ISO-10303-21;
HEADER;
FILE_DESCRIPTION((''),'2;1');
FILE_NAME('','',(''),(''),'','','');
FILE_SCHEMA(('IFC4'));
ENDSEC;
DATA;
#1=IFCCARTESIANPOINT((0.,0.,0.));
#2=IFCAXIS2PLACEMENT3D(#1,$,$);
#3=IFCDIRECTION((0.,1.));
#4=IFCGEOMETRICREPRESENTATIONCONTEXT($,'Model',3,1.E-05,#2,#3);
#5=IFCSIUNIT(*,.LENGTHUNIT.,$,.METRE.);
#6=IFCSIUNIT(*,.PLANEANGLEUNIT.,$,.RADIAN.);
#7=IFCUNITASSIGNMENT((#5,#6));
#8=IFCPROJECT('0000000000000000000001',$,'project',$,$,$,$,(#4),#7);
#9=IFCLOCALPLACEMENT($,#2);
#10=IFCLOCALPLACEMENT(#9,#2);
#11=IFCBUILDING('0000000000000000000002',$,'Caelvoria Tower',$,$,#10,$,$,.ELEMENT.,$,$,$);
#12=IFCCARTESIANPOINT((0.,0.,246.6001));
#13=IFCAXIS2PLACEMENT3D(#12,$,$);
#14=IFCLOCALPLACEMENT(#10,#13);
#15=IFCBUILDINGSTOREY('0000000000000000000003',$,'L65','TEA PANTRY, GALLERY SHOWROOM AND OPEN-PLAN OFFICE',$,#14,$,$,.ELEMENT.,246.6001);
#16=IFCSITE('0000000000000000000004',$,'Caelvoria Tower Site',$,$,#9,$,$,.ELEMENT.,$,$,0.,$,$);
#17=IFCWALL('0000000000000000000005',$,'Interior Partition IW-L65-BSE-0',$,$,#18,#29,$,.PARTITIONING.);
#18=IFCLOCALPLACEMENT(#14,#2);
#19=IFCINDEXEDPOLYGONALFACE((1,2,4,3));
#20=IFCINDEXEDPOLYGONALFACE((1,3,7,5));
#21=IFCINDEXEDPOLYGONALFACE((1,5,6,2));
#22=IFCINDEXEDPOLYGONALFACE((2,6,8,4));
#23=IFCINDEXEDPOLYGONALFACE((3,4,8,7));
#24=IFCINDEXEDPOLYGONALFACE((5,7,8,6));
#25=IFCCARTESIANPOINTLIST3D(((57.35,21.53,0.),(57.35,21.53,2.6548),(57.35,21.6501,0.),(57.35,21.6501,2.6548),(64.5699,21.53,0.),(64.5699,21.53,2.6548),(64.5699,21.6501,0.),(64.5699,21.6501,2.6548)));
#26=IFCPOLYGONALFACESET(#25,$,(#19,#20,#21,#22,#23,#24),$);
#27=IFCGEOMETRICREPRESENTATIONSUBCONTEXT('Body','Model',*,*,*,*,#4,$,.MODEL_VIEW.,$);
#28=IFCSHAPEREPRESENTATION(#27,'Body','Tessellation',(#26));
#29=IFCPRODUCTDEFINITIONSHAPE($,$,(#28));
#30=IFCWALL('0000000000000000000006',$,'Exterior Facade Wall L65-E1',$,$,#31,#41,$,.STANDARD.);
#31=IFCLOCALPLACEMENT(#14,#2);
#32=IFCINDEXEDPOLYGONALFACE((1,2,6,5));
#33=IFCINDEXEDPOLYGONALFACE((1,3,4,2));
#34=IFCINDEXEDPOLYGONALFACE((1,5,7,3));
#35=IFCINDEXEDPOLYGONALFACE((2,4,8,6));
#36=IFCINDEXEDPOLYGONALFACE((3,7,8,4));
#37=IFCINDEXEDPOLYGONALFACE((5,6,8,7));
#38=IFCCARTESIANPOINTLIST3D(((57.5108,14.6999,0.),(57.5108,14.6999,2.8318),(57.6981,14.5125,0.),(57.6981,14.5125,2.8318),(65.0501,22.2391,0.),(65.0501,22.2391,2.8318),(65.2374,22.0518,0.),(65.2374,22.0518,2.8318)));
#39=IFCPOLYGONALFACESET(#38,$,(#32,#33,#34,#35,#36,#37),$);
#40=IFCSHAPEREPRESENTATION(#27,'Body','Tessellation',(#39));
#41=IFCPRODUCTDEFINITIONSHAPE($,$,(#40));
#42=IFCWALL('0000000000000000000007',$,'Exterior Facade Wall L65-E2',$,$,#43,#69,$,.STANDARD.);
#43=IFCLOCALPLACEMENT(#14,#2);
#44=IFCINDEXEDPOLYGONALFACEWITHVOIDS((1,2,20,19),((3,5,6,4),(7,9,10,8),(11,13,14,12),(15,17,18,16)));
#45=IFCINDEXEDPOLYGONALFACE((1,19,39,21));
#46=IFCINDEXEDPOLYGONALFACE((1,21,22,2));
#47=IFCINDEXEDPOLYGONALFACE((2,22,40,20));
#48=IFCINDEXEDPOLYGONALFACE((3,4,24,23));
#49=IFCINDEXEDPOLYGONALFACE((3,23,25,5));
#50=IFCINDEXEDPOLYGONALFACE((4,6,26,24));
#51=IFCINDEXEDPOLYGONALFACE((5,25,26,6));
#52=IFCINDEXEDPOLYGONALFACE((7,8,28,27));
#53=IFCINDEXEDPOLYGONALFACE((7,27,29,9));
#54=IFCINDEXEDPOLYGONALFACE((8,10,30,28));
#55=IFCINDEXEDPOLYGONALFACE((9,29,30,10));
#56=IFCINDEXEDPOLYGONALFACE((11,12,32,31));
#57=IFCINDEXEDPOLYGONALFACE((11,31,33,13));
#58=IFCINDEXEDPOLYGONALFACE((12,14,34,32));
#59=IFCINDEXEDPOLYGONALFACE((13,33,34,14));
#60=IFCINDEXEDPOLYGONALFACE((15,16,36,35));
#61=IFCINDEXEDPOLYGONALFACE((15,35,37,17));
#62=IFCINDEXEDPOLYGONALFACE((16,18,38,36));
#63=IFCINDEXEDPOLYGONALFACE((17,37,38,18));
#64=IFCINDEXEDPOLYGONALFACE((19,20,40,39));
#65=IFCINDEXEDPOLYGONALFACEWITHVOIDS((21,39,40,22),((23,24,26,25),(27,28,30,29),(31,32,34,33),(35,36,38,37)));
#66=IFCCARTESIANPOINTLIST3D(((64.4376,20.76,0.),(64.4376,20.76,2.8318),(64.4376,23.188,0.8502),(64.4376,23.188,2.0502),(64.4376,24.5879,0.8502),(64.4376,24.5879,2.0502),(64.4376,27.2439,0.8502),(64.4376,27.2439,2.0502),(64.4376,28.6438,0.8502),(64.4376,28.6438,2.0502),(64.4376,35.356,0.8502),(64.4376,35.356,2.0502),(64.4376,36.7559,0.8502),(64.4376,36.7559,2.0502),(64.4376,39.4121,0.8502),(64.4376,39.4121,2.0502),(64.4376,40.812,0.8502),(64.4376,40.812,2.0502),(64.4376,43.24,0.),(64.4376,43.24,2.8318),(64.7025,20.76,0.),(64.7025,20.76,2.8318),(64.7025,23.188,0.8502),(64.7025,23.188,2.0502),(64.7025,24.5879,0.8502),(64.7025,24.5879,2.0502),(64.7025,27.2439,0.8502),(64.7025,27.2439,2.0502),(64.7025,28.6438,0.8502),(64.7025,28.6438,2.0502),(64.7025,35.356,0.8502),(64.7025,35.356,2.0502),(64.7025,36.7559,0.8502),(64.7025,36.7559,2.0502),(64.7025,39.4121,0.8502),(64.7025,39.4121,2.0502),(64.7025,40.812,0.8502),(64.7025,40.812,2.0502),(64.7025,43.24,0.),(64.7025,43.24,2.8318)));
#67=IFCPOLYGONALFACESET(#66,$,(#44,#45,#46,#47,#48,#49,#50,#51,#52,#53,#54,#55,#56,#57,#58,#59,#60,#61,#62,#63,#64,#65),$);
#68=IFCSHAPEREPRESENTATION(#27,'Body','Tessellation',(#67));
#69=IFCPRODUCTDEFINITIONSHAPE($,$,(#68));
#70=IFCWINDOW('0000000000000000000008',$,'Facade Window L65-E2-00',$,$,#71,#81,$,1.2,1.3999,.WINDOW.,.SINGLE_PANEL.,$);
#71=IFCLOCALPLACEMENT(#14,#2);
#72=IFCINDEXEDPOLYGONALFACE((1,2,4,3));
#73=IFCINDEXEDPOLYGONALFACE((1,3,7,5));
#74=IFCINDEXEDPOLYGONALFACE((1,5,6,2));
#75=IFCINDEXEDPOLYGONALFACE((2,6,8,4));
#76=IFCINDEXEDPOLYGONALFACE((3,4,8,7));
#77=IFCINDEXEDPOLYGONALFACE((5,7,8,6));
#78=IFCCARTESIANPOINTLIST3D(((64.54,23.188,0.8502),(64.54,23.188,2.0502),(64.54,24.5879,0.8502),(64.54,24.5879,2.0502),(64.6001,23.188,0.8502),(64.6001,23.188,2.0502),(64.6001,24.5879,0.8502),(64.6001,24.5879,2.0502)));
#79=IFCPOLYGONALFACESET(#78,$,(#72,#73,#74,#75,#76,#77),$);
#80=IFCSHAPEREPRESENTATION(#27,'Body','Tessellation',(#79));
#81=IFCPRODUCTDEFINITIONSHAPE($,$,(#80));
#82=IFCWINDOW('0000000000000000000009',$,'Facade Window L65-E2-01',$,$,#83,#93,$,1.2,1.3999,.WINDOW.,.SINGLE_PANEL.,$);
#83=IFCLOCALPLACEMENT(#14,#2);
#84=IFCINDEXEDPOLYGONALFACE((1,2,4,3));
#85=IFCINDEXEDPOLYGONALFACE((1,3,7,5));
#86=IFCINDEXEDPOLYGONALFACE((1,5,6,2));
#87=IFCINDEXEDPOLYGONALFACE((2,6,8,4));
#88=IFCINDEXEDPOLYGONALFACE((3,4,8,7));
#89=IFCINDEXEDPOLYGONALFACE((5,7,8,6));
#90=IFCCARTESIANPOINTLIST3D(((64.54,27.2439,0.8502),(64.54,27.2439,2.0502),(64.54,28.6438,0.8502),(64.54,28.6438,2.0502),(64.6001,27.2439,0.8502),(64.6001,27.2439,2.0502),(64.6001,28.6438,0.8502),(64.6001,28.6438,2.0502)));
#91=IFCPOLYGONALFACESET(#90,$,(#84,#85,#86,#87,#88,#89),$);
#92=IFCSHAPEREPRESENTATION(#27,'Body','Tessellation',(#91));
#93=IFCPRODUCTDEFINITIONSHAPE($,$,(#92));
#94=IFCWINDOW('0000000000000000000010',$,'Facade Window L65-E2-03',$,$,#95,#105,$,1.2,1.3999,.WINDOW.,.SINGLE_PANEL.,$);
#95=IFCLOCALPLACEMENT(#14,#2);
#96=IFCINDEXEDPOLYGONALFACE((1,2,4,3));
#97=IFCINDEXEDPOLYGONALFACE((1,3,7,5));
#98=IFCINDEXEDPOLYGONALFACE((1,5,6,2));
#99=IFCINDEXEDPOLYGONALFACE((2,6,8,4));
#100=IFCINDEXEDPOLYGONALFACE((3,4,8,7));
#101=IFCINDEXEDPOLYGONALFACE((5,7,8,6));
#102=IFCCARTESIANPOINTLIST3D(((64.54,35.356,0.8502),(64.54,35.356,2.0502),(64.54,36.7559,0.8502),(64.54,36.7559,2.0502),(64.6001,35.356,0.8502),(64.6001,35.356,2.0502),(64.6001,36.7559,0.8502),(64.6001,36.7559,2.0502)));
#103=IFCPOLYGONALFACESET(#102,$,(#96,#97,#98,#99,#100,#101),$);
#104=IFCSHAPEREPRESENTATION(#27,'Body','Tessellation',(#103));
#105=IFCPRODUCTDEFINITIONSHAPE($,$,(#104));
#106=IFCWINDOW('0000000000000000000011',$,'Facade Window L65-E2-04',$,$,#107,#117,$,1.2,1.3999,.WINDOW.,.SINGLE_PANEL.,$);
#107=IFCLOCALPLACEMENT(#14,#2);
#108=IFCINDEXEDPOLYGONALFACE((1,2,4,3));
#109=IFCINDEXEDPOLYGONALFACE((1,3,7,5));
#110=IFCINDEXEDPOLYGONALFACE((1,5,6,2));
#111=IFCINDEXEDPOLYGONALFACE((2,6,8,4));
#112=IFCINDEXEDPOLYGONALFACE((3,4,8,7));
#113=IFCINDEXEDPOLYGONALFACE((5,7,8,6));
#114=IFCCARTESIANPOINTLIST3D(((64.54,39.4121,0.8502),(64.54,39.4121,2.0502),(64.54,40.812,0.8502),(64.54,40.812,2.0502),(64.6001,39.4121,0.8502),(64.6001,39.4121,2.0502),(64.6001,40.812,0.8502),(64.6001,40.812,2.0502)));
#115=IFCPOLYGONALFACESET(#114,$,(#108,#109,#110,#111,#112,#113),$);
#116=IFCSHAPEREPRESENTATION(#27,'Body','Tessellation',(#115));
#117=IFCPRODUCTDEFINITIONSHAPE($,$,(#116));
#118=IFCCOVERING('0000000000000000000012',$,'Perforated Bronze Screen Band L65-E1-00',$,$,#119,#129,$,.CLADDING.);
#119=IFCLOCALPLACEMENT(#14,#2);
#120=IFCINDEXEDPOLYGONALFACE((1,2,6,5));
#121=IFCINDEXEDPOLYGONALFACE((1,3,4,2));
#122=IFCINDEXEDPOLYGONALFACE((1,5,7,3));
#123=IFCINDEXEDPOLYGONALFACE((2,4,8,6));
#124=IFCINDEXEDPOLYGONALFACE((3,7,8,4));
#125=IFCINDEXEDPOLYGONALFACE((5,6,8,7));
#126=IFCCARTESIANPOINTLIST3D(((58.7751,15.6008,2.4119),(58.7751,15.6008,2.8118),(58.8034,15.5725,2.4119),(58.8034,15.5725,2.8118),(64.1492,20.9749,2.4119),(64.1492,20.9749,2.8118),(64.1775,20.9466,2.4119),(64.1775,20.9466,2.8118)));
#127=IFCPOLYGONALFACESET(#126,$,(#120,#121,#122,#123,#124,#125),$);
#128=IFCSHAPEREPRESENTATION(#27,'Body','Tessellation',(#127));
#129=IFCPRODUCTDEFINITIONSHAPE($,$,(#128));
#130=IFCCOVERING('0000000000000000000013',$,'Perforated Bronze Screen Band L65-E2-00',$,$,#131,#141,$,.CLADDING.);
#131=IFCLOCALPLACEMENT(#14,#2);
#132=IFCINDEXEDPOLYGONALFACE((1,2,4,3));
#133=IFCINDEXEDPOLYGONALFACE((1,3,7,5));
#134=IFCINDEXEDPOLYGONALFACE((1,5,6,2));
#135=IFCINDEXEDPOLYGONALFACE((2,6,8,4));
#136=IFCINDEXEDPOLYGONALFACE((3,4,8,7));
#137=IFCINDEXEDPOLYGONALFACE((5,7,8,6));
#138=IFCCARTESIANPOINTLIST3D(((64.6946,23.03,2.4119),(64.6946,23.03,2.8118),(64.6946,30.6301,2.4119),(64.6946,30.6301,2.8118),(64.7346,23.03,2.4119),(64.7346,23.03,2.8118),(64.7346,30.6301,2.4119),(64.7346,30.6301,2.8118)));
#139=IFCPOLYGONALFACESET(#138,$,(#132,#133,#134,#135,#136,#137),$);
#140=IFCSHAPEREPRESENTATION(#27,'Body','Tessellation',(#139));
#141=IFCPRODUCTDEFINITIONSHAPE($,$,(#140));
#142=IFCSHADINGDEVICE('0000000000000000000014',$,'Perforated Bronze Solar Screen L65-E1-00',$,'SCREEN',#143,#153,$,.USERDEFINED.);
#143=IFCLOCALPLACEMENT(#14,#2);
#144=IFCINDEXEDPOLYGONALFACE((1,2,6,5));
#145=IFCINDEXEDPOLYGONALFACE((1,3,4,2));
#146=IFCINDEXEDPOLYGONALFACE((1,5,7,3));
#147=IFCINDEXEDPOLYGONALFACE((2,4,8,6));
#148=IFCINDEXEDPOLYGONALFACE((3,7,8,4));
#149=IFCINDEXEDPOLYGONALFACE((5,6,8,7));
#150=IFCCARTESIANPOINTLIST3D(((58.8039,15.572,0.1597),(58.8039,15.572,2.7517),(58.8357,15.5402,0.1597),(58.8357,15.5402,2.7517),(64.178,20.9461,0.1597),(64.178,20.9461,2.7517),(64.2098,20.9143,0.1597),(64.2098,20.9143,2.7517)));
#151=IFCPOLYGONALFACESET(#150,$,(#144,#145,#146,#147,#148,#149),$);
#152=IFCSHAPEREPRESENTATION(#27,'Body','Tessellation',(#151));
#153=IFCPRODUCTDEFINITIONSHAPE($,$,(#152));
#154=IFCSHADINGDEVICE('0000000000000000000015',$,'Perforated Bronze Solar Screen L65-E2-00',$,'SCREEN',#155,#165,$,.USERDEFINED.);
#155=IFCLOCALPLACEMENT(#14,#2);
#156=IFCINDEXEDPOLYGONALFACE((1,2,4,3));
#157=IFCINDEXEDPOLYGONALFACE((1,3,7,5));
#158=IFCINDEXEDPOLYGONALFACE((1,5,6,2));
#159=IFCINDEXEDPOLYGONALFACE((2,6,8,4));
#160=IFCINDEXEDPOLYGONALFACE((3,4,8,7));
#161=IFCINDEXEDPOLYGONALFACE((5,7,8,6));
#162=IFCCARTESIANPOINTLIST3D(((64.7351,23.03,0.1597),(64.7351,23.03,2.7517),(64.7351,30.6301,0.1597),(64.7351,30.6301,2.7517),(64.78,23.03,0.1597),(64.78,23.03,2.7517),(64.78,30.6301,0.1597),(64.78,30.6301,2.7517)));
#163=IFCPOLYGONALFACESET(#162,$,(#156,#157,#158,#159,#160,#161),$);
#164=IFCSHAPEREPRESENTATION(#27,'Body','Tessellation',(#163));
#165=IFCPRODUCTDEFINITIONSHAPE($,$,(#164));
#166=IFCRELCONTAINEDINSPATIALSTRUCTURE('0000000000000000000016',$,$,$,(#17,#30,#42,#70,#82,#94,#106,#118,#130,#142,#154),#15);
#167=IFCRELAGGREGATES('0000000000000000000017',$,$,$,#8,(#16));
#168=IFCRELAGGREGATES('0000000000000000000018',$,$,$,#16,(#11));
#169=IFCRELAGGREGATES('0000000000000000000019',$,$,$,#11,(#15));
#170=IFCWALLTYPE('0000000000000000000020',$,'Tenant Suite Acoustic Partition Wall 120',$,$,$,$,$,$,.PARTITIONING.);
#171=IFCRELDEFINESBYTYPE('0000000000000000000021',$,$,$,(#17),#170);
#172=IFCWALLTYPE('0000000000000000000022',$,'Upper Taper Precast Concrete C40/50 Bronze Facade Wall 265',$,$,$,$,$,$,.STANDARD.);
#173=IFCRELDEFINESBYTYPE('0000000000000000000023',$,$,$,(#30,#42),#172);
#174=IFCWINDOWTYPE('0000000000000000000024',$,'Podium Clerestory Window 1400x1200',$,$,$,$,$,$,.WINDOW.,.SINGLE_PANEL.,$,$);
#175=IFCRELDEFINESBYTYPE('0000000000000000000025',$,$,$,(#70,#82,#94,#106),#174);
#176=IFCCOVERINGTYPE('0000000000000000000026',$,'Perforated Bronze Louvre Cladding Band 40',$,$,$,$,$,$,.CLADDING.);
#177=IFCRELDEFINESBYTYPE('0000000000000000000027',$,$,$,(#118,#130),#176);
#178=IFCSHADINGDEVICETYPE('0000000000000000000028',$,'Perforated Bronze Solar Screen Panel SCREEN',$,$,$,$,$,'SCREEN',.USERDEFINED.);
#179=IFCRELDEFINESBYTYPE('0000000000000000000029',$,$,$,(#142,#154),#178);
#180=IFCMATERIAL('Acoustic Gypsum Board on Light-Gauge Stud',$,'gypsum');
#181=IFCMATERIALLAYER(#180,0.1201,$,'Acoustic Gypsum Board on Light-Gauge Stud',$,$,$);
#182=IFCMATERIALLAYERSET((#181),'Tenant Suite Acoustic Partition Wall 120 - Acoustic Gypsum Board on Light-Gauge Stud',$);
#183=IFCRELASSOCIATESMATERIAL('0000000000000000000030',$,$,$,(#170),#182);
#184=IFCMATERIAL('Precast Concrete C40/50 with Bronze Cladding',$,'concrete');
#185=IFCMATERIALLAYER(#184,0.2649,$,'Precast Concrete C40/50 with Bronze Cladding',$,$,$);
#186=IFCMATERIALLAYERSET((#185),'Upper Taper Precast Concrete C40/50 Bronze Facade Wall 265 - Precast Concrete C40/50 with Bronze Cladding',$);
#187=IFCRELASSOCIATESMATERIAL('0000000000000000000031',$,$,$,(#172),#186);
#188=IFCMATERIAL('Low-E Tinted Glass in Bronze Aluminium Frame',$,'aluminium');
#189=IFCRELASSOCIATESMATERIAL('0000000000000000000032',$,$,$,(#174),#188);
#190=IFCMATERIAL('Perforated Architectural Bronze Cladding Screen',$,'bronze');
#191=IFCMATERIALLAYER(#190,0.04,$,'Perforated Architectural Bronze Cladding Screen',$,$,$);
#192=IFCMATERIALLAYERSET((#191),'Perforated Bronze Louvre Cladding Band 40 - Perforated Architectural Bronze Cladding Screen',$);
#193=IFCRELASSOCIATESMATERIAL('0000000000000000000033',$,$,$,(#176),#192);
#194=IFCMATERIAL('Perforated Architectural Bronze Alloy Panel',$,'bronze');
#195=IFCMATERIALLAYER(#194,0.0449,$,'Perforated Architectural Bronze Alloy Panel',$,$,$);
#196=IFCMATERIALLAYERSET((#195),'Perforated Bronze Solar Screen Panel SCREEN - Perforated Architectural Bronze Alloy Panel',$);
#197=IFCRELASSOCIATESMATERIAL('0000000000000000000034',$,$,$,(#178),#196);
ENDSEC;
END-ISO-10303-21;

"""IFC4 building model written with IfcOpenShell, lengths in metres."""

from ifc_helpers import new_model, si_unit, direction, frame, frame_2d, origin, origin_2d, place, context, subcontext, project, spatial, rectangle, extrude, material, layer, layer_set, type_object, element, fill, save


model = new_model("IFC4")

# Units and contexts
model_context = context("Model", 3, precision=1e-05, world=origin(), true_north=direction((0.0, 1.0)))
body_context = subcontext(model_context, "Body", "Model", "MODEL_VIEW")
ifc_project = project(units=[si_unit("LENGTHUNIT", "METRE"), si_unit("PLANEANGLEUNIT", "RADIAN")], contexts=[model_context])

# Site, building, storey
site_placement = place(None, origin())
site = spatial("IfcSite", under=ifc_project, at=site_placement, Name="Caelvoria Tower Site", CompositionType="ELEMENT", RefElevation=0.0)
building_placement = place(site_placement, origin())
building = spatial("IfcBuilding", under=site, at=building_placement, Name="Caelvoria Tower", CompositionType="ELEMENT")
storey_placement = place(building_placement, frame((0.0, 0.0, 246.6001)))
storey = spatial("IfcBuildingStorey", under=building, at=storey_placement, Name="L65", Description="TEA PANTRY, GALLERY SHOWROOM AND OPEN-PLAN OFFICE", CompositionType="ELEMENT", Elevation=246.6001)

# Shared definitions
ifc_material_1 = material(Name="Acoustic Gypsum Board on Light-Gauge Stud", Category="gypsum")
ifc_layer_1 = layer(ifc_material_1, 0.1201, Name="Acoustic Gypsum Board on Light-Gauge Stud")
ifc_layer_set_1 = layer_set([ifc_layer_1], Name="Tenant Suite Acoustic Partition Wall 120 - Acoustic Gypsum Board on Light-Gauge Stud")
wall_type_1 = type_object("IfcWallType", Name="Tenant Suite Acoustic Partition Wall 120", PredefinedType="PARTITIONING", material=ifc_layer_set_1)

# Walls
wall_1_placement = place(storey_placement, frame((57.3501, 21.5901, 0.0), z_axis=(0.0, 0.0, 1.0), x_axis=(1.0, 0.0, 0.0)))
element("IfcWall", 1, at=wall_1_placement, inside=storey, type_object=wall_type_1, Name="Interior Partition IW-L65-BSE-0", PredefinedType="PARTITIONING", context=body_context, shape_type="SweptSolid", body=[
    extrude(rectangle(XDim=7.22, YDim=0.1201, at=frame_2d((3.6099, 0.0))), origin(), (0.0, 0.0, 1.0), 2.6548),
])
ifc_material_2 = material(Name="Precast Concrete C40/50 with Bronze Cladding", Category="concrete")
ifc_layer_2 = layer(ifc_material_2, 0.2649, Name="Precast Concrete C40/50 with Bronze Cladding")
ifc_layer_set_2 = layer_set([ifc_layer_2], Name="Upper Taper Precast Concrete C40/50 Bronze Facade Wall 265 - Precast Concrete C40/50 with Bronze Cladding")
wall_type_2 = type_object("IfcWallType", Name="Upper Taper Precast Concrete C40/50 Bronze Facade Wall 265", PredefinedType="STANDARD", material=ifc_layer_set_2)
wall_2_placement = place(storey_placement, frame((57.6045, 14.6062, 0.0), z_axis=(0.0, 0.0, 1.0), x_axis=(0.707107, 0.707107, 0.0)))
element("IfcWall", 2, at=wall_2_placement, inside=storey, type_object=wall_type_2, Name="Exterior Facade Wall L65-E1", PredefinedType="STANDARD", context=body_context, shape_type="SweptSolid", body=[
    extrude(rectangle(XDim=10.6621, YDim=0.2649, at=frame_2d((5.3311, 0.0))), origin(), (0.0, 0.0, 1.0), 2.8318),
])

# Wall, openings, windows
wall_3_placement = place(storey_placement, frame((64.5701, 20.76, 0.0), z_axis=(0.0, 0.0, 1.0), x_axis=(0.0, 1.0, 0.0)))
wall_3 = element("IfcWall", 3, at=wall_3_placement, inside=storey, type_object=wall_type_2, Name="Exterior Facade Wall L65-E2", PredefinedType="STANDARD", context=body_context, shape_type="SweptSolid", body=[
    extrude(rectangle(XDim=22.48, YDim=0.2649, at=frame_2d((11.24, 0.0))), origin(), (0.0, 0.0, 1.0), 2.8318),
])
opening_1_placement = place(wall_3_placement, frame((2.428, 0.0, 0.8501)))
opening_1 = element("IfcOpeningElement", 4, at=opening_1_placement, cuts=wall_3, PredefinedType="OPENING", context=body_context, shape_type="SweptSolid", body=[
    extrude(rectangle(XDim=1.3999, YDim=1.2, at=frame_2d((0.7, 0.6001))), frame((0.0, 0.1423, 0.0), z_axis=(0.0, -1.0, 0.0), x_axis=(1.0, 0.0, 0.0)), (0.0, 0.0, 1.0), 0.2849),
])
opening_2_placement = place(wall_3_placement, frame((6.4839, 0.0, 0.8501)))
opening_2 = element("IfcOpeningElement", 5, at=opening_2_placement, cuts=wall_3, PredefinedType="OPENING", context=body_context, shape_type="SweptSolid", body=[
    extrude(rectangle(XDim=1.3999, YDim=1.2, at=frame_2d((0.7, 0.6001))), frame((0.0, 0.1423, 0.0), z_axis=(0.0, -1.0, 0.0), x_axis=(1.0, 0.0, 0.0)), (0.0, 0.0, 1.0), 0.2849),
])
opening_3_placement = place(wall_3_placement, frame((14.5959, 0.0, 0.8501)))
opening_3 = element("IfcOpeningElement", 6, at=opening_3_placement, cuts=wall_3, PredefinedType="OPENING", context=body_context, shape_type="SweptSolid", body=[
    extrude(rectangle(XDim=1.3999, YDim=1.2, at=frame_2d((0.7, 0.6001))), frame((0.0, 0.1423, 0.0), z_axis=(0.0, -1.0, 0.0), x_axis=(1.0, 0.0, 0.0)), (0.0, 0.0, 1.0), 0.2849),
])
opening_4_placement = place(wall_3_placement, frame((18.6521, 0.0, 0.8501)))
opening_4 = element("IfcOpeningElement", 7, at=opening_4_placement, cuts=wall_3, PredefinedType="OPENING", context=body_context, shape_type="SweptSolid", body=[
    extrude(rectangle(XDim=1.3999, YDim=1.2, at=frame_2d((0.7, 0.6001))), frame((0.0, 0.1423, 0.0), z_axis=(0.0, -1.0, 0.0), x_axis=(1.0, 0.0, 0.0)), (0.0, 0.0, 1.0), 0.2849),
])
ifc_material_3 = material(Name="Low-E Tinted Glass in Bronze Aluminium Frame", Category="aluminium")
window_type = type_object("IfcWindowType", Name="Podium Clerestory Window 1400x1200", PartitioningType="SINGLE_PANEL", PredefinedType="WINDOW", material=ifc_material_3)
window_1_placement = place(opening_1_placement, origin())
window_1 = element("IfcWindow", 8, at=window_1_placement, inside=storey, type_object=window_type, Name="Facade Window L65-E2-00", OverallHeight=1.2, OverallWidth=1.3999, PartitioningType="SINGLE_PANEL", PredefinedType="WINDOW", context=body_context, shape_type="SweptSolid", body=[
    extrude(rectangle(XDim=1.3999, YDim=1.2, at=frame_2d((0.7, 0.6001))), frame((0.0, 0.03, 0.0), z_axis=(0.0, -1.0, 0.0), x_axis=(1.0, 0.0, 0.0)), (0.0, 0.0, 1.0), 0.0601),
])
fill(opening_1, window_1)
window_2_placement = place(opening_2_placement, origin())
window_2 = element("IfcWindow", 9, at=window_2_placement, inside=storey, type_object=window_type, Name="Facade Window L65-E2-01", OverallHeight=1.2, OverallWidth=1.3999, PartitioningType="SINGLE_PANEL", PredefinedType="WINDOW", context=body_context, shape_type="SweptSolid", body=[
    extrude(rectangle(XDim=1.3999, YDim=1.2, at=frame_2d((0.7, 0.6001))), frame((0.0, 0.03, 0.0), z_axis=(0.0, -1.0, 0.0), x_axis=(1.0, 0.0, 0.0)), (0.0, 0.0, 1.0), 0.0601),
])
fill(opening_2, window_2)
window_3_placement = place(opening_3_placement, origin())
window_3 = element("IfcWindow", 10, at=window_3_placement, inside=storey, type_object=window_type, Name="Facade Window L65-E2-03", OverallHeight=1.2, OverallWidth=1.3999, PartitioningType="SINGLE_PANEL", PredefinedType="WINDOW", context=body_context, shape_type="SweptSolid", body=[
    extrude(rectangle(XDim=1.3999, YDim=1.2, at=frame_2d((0.7, 0.6001))), frame((0.0, 0.03, 0.0), z_axis=(0.0, -1.0, 0.0), x_axis=(1.0, 0.0, 0.0)), (0.0, 0.0, 1.0), 0.0601),
])
fill(opening_3, window_3)
window_4_placement = place(opening_4_placement, origin())
window_4 = element("IfcWindow", 11, at=window_4_placement, inside=storey, type_object=window_type, Name="Facade Window L65-E2-04", OverallHeight=1.2, OverallWidth=1.3999, PartitioningType="SINGLE_PANEL", PredefinedType="WINDOW", context=body_context, shape_type="SweptSolid", body=[
    extrude(rectangle(XDim=1.3999, YDim=1.2, at=frame_2d((0.7, 0.6001))), frame((0.0, 0.03, 0.0), z_axis=(0.0, -1.0, 0.0), x_axis=(1.0, 0.0, 0.0)), (0.0, 0.0, 1.0), 0.0601),
])
fill(opening_4, window_4)

# Coverings
ifc_material_4 = material(Name="Perforated Architectural Bronze Cladding Screen", Category="bronze")
ifc_layer_3 = layer(ifc_material_4, 0.04, Name="Perforated Architectural Bronze Cladding Screen")
ifc_layer_set_3 = layer_set([ifc_layer_3], Name="Perforated Bronze Louvre Cladding Band 40 - Perforated Architectural Bronze Cladding Screen")
covering_type = type_object("IfcCoveringType", Name="Perforated Bronze Louvre Cladding Band 40", PredefinedType="CLADDING", material=ifc_layer_set_3)
for number, where, z_axis, x_axis, name in (
    (12, (61.4763, 18.2737, 2.4119), (0.0, 0.0, 1.0), (0.707107, 0.707107, 0.0), "Perforated Bronze Screen Band L65-E1-00"),
    (13, (64.7146, 26.8301, 2.4119), (0.0, 0.0, 1.0), (0.0, 1.0, 0.0), "Perforated Bronze Screen Band L65-E2-00"),
):
    element("IfcCovering", number, at=place(storey_placement, frame(where, z_axis=z_axis, x_axis=x_axis)), inside=storey, type_object=covering_type, Name=name, PredefinedType="CLADDING", context=body_context, shape_type="SweptSolid", body=[
        extrude(rectangle(XDim=7.6001, YDim=0.04, at=origin_2d()), origin(), (0.0, 0.0, 1.0), 0.3999),
    ])

# Shading devices
ifc_material_5 = material(Name="Perforated Architectural Bronze Alloy Panel", Category="bronze")
ifc_layer_4 = layer(ifc_material_5, 0.0449, Name="Perforated Architectural Bronze Alloy Panel")
ifc_layer_set_4 = layer_set([ifc_layer_4], Name="Perforated Bronze Solar Screen Panel SCREEN - Perforated Architectural Bronze Alloy Panel")
shading_device_type = type_object("IfcShadingDeviceType", Name="Perforated Bronze Solar Screen Panel SCREEN", ElementType="SCREEN", PredefinedType="USERDEFINED", material=ifc_layer_set_4)
for number, where, z_axis, x_axis, name in (
    (14, (61.5068, 18.2432, 0.1597), (0.0, 0.0, 1.0), (0.707107, 0.707107, 0.0), "Perforated Bronze Solar Screen L65-E1-00"),
    (15, (64.7576, 26.8301, 0.1597), (0.0, 0.0, 1.0), (0.0, 1.0, 0.0), "Perforated Bronze Solar Screen L65-E2-00"),
):
    element("IfcShadingDevice", number, at=place(storey_placement, frame(where, z_axis=z_axis, x_axis=x_axis)), inside=storey, type_object=shading_device_type, Name=name, ObjectType="SCREEN", PredefinedType="USERDEFINED", context=body_context, shape_type="SweptSolid", body=[
        extrude(rectangle(XDim=7.6001, YDim=0.0449, at=origin_2d()), origin(), (0.0, 0.0, 1.0), 2.592),
    ])

save(model, "model.ifc")
